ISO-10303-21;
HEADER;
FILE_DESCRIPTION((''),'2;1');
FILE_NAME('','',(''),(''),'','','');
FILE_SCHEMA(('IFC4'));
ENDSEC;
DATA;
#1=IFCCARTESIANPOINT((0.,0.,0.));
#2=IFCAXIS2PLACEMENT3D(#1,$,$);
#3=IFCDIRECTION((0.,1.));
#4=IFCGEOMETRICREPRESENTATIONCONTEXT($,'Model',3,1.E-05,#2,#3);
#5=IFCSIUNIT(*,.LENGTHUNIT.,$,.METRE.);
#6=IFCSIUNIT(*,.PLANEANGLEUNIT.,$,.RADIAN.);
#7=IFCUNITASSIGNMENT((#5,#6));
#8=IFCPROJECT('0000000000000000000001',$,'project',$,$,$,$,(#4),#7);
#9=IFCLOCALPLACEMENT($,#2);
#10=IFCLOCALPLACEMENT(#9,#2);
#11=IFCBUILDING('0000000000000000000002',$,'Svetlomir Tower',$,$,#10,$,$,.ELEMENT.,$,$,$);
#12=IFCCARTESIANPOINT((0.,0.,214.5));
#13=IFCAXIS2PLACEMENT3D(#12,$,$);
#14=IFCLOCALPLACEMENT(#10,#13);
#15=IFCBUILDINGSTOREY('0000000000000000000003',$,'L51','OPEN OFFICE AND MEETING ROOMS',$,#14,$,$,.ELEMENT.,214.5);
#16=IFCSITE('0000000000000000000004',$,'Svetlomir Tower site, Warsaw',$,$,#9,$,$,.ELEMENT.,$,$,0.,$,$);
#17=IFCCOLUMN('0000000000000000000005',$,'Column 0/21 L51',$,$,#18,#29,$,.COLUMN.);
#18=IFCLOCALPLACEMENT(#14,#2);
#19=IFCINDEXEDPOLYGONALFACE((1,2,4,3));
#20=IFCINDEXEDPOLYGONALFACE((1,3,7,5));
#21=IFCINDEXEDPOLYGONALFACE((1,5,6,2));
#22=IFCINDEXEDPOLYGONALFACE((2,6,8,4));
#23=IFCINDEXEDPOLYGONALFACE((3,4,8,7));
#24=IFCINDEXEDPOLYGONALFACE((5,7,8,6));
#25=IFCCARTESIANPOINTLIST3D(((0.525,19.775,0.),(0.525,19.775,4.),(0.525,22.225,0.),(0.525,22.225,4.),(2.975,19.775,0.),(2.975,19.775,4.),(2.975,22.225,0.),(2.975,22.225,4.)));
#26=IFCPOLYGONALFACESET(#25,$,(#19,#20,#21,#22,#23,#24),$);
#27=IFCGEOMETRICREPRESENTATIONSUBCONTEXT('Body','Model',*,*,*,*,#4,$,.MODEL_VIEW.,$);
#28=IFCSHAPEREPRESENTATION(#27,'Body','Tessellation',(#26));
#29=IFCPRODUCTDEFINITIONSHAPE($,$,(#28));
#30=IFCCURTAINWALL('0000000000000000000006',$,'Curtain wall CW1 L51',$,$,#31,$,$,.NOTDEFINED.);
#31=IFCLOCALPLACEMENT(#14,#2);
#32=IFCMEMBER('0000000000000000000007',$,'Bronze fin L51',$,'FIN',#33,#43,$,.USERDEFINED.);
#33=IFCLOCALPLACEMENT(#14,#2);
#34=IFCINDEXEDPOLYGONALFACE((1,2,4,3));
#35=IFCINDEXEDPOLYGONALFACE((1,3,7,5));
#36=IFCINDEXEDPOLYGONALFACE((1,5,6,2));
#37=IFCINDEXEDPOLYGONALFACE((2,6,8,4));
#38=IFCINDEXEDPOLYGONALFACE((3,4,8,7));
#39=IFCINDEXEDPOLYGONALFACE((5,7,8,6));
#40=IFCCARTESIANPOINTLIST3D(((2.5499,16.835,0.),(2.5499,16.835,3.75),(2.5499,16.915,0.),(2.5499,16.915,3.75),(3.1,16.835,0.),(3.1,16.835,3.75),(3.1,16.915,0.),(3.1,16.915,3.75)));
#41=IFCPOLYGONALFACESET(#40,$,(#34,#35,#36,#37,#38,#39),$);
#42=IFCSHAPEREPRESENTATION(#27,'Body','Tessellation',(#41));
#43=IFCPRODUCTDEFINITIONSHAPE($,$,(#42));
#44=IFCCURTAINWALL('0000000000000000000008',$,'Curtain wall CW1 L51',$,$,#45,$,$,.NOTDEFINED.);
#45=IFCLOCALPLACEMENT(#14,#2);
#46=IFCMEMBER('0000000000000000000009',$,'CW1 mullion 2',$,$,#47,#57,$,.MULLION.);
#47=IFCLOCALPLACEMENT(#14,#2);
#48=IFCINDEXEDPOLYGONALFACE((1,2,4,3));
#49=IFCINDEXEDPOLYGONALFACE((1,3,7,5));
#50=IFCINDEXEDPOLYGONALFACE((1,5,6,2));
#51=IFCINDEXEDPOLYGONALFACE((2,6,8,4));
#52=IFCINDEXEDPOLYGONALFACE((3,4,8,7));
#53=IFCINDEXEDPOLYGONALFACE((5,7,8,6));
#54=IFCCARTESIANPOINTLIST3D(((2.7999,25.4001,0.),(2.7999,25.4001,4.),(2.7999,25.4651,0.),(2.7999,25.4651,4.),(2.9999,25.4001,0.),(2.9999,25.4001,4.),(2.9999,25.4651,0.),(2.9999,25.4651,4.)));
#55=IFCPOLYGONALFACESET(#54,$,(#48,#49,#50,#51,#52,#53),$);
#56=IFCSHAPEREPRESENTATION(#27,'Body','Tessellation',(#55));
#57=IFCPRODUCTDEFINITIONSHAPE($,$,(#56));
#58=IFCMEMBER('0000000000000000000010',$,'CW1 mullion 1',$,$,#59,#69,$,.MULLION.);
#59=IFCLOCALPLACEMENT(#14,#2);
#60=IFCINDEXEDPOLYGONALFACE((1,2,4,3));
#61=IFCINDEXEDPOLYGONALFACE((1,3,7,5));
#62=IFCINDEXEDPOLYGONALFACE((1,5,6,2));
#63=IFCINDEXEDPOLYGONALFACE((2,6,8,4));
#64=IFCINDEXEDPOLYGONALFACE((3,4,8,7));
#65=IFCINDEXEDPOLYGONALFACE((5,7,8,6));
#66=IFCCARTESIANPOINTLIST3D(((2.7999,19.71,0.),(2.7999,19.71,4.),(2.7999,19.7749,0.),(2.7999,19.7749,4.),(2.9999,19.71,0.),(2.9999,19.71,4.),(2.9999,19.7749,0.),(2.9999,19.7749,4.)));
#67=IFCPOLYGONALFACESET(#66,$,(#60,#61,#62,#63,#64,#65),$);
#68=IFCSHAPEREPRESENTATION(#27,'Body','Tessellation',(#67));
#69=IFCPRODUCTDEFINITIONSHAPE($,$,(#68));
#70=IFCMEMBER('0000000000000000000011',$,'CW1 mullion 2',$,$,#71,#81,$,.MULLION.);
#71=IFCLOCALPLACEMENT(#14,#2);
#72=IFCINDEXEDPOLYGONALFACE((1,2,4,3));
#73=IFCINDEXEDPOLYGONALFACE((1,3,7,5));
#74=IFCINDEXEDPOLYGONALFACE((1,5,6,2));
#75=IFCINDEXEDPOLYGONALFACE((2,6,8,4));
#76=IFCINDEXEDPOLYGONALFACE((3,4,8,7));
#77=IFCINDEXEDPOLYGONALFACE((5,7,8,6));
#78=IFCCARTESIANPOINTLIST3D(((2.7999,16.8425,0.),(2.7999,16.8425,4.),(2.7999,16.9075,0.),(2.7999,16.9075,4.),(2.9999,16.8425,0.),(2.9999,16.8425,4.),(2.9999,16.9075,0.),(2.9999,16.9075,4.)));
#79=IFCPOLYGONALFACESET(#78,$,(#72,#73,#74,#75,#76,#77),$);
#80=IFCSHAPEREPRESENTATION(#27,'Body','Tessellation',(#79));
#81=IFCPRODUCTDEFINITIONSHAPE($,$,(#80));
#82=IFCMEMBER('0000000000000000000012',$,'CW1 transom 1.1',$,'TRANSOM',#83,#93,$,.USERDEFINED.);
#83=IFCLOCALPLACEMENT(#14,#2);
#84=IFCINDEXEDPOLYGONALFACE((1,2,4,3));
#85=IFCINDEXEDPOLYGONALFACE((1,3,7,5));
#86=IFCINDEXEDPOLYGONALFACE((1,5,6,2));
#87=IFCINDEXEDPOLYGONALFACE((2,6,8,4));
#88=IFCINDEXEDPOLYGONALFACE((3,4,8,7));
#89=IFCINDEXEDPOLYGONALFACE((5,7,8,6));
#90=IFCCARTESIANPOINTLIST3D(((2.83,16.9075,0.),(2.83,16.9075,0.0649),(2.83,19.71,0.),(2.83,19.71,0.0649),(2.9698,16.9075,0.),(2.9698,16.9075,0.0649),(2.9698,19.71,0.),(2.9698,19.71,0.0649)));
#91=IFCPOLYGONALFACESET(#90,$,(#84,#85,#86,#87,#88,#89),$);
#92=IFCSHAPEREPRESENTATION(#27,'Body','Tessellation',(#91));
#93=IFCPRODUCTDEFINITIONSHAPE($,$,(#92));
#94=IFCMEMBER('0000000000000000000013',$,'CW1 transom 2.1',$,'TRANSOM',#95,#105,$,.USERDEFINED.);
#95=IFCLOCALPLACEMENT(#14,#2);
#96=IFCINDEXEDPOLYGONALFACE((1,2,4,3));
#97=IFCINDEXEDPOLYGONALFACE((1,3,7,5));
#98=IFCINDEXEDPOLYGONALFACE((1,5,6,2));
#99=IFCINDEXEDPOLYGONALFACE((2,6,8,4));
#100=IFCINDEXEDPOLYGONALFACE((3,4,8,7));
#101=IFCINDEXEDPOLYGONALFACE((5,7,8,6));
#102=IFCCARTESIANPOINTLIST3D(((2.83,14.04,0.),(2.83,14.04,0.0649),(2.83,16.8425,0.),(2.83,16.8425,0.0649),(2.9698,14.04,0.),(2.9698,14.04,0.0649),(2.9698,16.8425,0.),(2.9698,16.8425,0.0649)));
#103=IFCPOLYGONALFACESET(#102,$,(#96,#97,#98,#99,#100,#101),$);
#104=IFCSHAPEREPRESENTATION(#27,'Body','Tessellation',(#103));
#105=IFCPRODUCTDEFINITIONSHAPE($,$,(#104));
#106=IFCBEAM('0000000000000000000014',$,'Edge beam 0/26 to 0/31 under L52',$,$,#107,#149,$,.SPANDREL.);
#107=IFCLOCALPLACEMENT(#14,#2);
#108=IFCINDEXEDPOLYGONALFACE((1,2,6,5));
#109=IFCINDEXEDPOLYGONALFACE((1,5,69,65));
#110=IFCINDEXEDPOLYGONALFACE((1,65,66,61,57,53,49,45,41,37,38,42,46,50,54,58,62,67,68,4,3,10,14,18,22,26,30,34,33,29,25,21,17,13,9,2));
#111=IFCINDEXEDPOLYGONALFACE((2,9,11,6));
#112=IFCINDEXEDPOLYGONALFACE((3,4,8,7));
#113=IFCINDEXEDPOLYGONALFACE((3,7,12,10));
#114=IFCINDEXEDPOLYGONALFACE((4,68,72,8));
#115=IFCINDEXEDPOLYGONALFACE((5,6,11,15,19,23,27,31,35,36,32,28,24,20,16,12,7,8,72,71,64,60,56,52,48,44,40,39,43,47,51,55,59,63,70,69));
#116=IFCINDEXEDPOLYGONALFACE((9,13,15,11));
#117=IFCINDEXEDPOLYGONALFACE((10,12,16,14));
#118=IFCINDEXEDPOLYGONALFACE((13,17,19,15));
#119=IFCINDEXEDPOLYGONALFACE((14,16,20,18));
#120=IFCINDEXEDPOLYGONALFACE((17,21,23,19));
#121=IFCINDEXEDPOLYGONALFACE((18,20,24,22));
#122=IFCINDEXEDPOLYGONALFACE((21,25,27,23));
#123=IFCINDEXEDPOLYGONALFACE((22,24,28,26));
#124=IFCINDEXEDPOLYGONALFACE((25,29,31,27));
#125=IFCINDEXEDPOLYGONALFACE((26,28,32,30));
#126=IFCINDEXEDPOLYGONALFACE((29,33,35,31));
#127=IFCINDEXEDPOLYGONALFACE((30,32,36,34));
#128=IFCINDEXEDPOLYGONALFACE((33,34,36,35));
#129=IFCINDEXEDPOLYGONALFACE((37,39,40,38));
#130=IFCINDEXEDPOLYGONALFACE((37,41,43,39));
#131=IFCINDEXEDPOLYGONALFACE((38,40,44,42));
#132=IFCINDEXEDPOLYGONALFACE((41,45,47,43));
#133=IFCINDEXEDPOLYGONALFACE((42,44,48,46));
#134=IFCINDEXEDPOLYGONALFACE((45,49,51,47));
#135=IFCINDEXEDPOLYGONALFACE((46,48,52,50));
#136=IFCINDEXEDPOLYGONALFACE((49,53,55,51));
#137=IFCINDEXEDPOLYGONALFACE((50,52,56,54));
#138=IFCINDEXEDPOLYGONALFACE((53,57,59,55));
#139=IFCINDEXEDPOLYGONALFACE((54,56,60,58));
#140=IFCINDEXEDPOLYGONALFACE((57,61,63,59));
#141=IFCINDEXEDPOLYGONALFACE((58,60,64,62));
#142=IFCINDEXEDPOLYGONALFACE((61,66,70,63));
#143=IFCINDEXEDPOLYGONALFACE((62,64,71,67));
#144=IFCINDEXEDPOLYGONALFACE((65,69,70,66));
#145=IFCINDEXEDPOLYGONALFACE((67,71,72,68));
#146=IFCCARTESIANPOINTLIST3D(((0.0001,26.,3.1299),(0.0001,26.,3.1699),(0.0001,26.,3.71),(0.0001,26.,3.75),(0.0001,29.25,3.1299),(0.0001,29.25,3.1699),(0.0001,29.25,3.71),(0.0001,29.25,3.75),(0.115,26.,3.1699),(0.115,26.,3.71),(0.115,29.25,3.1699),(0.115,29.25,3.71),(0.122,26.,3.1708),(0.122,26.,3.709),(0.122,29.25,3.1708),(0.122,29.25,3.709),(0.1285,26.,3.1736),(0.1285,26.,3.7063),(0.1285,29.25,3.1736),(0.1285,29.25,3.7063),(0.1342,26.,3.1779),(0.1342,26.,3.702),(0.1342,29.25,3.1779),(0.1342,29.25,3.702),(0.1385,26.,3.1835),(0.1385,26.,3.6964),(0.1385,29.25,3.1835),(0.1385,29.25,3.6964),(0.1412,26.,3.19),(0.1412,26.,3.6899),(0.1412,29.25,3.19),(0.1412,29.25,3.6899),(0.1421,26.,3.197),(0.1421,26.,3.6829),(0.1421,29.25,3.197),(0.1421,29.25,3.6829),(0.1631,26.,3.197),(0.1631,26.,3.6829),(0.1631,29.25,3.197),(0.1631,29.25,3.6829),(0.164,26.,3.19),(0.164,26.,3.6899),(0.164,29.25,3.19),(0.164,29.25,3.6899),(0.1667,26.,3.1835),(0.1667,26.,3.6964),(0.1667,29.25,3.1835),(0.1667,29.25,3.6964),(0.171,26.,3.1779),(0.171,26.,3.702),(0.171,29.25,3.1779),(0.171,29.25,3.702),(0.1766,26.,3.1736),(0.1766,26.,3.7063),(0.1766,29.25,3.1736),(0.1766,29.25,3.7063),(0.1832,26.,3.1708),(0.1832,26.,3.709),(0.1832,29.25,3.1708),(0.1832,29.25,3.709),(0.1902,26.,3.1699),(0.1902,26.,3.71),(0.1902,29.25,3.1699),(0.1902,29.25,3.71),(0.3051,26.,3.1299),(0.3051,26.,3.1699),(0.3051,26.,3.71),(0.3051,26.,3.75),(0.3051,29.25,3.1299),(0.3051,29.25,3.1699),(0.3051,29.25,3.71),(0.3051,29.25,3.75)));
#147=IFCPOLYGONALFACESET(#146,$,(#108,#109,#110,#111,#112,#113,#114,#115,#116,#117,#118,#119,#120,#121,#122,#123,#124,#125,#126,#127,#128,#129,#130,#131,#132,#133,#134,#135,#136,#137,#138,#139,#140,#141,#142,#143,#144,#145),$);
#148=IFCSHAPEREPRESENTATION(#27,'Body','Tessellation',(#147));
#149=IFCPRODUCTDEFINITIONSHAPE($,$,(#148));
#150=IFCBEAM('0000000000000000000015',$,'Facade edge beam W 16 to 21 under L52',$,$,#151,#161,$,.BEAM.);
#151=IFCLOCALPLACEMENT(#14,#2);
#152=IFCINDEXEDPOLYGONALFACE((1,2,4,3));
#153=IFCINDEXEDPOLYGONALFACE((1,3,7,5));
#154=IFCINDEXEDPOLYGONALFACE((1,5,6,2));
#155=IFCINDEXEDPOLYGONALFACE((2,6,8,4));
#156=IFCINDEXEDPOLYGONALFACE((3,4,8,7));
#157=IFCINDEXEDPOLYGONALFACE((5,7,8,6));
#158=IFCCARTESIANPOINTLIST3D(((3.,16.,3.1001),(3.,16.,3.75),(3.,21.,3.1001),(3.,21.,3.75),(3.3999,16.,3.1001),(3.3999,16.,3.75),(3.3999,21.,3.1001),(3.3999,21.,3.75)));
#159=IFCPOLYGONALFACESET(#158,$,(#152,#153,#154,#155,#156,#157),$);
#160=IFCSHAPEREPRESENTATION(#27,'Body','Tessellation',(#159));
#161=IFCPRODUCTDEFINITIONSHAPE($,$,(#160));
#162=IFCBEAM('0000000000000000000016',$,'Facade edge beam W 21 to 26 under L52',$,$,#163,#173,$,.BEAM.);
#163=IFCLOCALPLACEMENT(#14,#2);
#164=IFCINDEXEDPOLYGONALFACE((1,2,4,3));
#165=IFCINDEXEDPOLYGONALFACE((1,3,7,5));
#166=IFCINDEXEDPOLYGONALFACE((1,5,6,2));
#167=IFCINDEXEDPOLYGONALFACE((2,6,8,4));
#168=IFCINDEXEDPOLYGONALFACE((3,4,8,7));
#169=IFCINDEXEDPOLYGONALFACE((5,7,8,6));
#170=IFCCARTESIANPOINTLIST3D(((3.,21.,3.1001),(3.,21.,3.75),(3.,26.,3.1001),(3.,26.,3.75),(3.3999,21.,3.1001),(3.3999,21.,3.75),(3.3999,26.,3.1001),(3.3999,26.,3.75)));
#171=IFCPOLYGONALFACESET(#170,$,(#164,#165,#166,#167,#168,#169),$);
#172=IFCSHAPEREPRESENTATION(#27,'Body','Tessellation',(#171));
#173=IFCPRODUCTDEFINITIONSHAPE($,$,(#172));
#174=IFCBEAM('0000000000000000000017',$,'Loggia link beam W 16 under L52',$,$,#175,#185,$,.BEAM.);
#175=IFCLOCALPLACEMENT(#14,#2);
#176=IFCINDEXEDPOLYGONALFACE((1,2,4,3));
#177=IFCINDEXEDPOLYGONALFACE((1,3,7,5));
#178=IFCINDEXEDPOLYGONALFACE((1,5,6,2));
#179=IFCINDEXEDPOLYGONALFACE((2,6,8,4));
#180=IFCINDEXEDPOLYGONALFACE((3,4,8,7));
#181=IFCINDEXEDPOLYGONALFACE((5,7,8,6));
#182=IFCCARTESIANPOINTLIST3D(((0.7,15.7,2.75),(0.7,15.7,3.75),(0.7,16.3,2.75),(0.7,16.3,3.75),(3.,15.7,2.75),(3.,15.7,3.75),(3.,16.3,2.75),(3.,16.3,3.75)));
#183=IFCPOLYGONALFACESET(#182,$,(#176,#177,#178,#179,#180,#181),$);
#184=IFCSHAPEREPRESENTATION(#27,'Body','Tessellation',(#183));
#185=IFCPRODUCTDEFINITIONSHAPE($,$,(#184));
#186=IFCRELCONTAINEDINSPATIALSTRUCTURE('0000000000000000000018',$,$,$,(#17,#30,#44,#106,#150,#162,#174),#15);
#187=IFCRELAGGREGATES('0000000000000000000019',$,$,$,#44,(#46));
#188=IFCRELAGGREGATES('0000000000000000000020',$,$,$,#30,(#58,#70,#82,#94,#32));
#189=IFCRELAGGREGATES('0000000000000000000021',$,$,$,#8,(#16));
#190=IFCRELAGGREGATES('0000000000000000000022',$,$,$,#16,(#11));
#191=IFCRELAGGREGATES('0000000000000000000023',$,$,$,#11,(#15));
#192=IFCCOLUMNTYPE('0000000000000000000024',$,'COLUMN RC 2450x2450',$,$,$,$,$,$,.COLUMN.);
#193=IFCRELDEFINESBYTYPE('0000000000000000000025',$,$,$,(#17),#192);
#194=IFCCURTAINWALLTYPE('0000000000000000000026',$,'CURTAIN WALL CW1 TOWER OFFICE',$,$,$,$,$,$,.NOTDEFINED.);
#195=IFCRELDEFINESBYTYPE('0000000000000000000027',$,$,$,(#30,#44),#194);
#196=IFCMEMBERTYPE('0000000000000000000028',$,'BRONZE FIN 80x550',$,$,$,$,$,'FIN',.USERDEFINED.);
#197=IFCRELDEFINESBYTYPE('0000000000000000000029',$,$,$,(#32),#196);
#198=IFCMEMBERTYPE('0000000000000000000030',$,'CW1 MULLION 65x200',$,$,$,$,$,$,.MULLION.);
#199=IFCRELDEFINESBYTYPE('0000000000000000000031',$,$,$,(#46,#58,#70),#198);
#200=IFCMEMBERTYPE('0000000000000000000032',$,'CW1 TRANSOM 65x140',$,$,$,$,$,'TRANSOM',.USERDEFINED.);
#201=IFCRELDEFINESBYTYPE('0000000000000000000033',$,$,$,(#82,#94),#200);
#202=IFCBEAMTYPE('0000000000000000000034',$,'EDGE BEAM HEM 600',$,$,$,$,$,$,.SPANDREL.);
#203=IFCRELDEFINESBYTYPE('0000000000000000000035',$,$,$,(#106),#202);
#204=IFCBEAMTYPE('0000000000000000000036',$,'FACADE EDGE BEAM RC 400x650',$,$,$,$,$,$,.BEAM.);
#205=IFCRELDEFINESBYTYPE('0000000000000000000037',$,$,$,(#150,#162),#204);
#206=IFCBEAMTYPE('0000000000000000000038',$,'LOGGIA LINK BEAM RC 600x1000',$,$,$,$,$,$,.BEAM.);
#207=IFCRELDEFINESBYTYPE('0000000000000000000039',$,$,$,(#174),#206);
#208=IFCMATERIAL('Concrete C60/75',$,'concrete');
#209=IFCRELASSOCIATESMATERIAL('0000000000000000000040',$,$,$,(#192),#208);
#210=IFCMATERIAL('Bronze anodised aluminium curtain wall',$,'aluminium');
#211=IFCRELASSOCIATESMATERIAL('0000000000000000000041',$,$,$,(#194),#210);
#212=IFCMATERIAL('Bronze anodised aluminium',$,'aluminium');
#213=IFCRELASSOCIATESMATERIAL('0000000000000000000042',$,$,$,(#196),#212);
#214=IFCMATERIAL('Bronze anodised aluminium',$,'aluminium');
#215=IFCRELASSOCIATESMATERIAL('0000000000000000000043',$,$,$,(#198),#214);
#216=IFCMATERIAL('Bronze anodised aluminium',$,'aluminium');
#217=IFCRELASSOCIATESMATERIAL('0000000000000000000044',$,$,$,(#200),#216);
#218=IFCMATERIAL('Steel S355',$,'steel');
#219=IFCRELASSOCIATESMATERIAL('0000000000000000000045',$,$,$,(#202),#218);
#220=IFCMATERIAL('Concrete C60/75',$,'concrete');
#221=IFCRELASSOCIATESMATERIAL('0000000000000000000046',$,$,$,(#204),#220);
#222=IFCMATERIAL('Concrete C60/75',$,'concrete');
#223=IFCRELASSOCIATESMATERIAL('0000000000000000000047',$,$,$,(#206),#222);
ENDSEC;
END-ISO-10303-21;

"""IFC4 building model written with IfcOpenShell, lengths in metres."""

from ifc_helpers import new_model, si_unit, direction, frame, origin, origin_2d, place, context, subcontext, project, spatial, rectangle, i_section, extrude, material, material_profile, profile_set, type_object, element, aggregate, save


model = new_model("IFC4")

# Units and contexts
model_context = context("Model", 3, precision=1e-05, world=origin(), true_north=direction((0.0, 1.0)))
body_context = subcontext(model_context, "Body", "Model", "MODEL_VIEW")
ifc_project = project(units=[si_unit("LENGTHUNIT", "METRE"), si_unit("PLANEANGLEUNIT", "RADIAN")], contexts=[model_context])

# Site, building, storey
site_placement = place(None, origin())
site = spatial("IfcSite", under=ifc_project, at=site_placement, Name="Svetlomir Tower site, Warsaw", CompositionType="ELEMENT", RefElevation=0.0)
building_placement = place(site_placement, origin())
building = spatial("IfcBuilding", under=site, at=building_placement, Name="Svetlomir Tower", CompositionType="ELEMENT")
storey_placement = place(building_placement, frame((0.0, 0.0, 214.5)))
storey = spatial("IfcBuildingStorey", under=building, at=storey_placement, Name="L51", Description="OPEN OFFICE AND MEETING ROOMS", CompositionType="ELEMENT", Elevation=214.5)

# Column
ifc_material_1 = material(Name="Concrete C60/75", Category="concrete")
ifc_material_profile_1 = material_profile(ifc_material_1, rectangle(XDim=2.45, YDim=2.45, at=origin_2d()), Name="RC 2450x2450")
ifc_profile_set_1 = profile_set([ifc_material_profile_1], Name="Concrete C60/75")
column_type = type_object("IfcColumnType", Name="COLUMN RC 2450x2450", PredefinedType="COLUMN", material=ifc_profile_set_1)
column_placement = place(storey_placement, frame((1.75, 21.0, 0.0), z_axis=(0.0, 0.0, 1.0), x_axis=(1.0, 0.0, 0.0)))
element("IfcColumn", 1, at=column_placement, inside=storey, type_object=column_type, Name="Column 0/21 L51", PredefinedType="COLUMN", context=body_context, shape_type="SweptSolid", body=[
    extrude(rectangle(XDim=2.45, YDim=2.45, at=origin_2d()), origin(), (0.0, 0.0, 1.0), 4.0),
])

# Curtain walls, members
ifc_material_2 = material(Name="Bronze anodised aluminium curtain wall", Category="aluminium")
curtain_wall_type = type_object("IfcCurtainWallType", Name="CURTAIN WALL CW1 TOWER OFFICE", PredefinedType="NOTDEFINED", material=ifc_material_2)
curtain_wall_1_placement = place(storey_placement, origin())
curtain_wall_1 = element("IfcCurtainWall", 2, at=curtain_wall_1_placement, inside=storey, type_object=curtain_wall_type, Name="Curtain wall CW1 L51", PredefinedType="NOTDEFINED")
ifc_material_3 = material(Name="Bronze anodised aluminium", Category="aluminium")
ifc_material_profile_2 = material_profile(ifc_material_3, rectangle(XDim=0.0801, YDim=0.55, at=origin_2d()), Name="FIN 80x550")
ifc_profile_set_2 = profile_set([ifc_material_profile_2], Name="Bronze anodised aluminium 6063-T6")
member_type_1 = type_object("IfcMemberType", Name="BRONZE FIN 80x550", ElementType="FIN", PredefinedType="USERDEFINED", material=ifc_profile_set_2)
member_1_placement = place(storey_placement, frame((2.825, 16.875, 0.0), z_axis=(0.0, 0.0, 1.0), x_axis=(0.0, 1.0, 0.0)))
member_1 = element("IfcMember", 3, at=member_1_placement, type_object=member_type_1, Name="Bronze fin L51", ObjectType="FIN", PredefinedType="USERDEFINED", context=body_context, shape_type="SweptSolid", body=[
    extrude(rectangle(XDim=0.0801, YDim=0.55, at=origin_2d()), origin(), (0.0, 0.0, 1.0), 3.75),
])
curtain_wall_2_placement = place(storey_placement, origin())
curtain_wall_2 = element("IfcCurtainWall", 4, at=curtain_wall_2_placement, inside=storey, type_object=curtain_wall_type, Name="Curtain wall CW1 L51", PredefinedType="NOTDEFINED")
ifc_material_4 = material(Name="Bronze anodised aluminium", Category="aluminium")
ifc_material_profile_3 = material_profile(ifc_material_4, rectangle(XDim=0.0649, YDim=0.2, at=origin_2d()), Name="AL 65x200")
ifc_profile_set_3 = profile_set([ifc_material_profile_3], Name="Bronze anodised aluminium 6063-T6")
member_type_2 = type_object("IfcMemberType", Name="CW1 MULLION 65x200", PredefinedType="MULLION", material=ifc_profile_set_3)
member_2_placement = place(storey_placement, frame((2.8999, 25.4326, 0.0), z_axis=(0.0, 0.0, 1.0), x_axis=(0.0, -1.0, 0.0)))
member_2 = element("IfcMember", 5, at=member_2_placement, type_object=member_type_2, Name="CW1 mullion 2", PredefinedType="MULLION", context=body_context, shape_type="SweptSolid", body=[
    extrude(rectangle(XDim=0.0649, YDim=0.2, at=origin_2d()), origin(), (0.0, 0.0, 1.0), 4.0),
])
aggregate(curtain_wall_2, [member_2])

# Members
member_3_placement = place(storey_placement, frame((2.8999, 19.7424, 0.0), z_axis=(0.0, 0.0, 1.0), x_axis=(0.0, -1.0, 0.0)))
member_3 = element("IfcMember", 6, at=member_3_placement, type_object=member_type_2, Name="CW1 mullion 1", PredefinedType="MULLION", context=body_context, shape_type="SweptSolid", body=[
    extrude(rectangle(XDim=0.0649, YDim=0.2, at=origin_2d()), origin(), (0.0, 0.0, 1.0), 4.0),
])
member_4_placement = place(storey_placement, frame((2.8999, 16.875, 0.0), z_axis=(0.0, 0.0, 1.0), x_axis=(0.0, -1.0, 0.0)))
member_4 = element("IfcMember", 7, at=member_4_placement, type_object=member_type_2, Name="CW1 mullion 2", PredefinedType="MULLION", context=body_context, shape_type="SweptSolid", body=[
    extrude(rectangle(XDim=0.0649, YDim=0.2, at=origin_2d()), origin(), (0.0, 0.0, 1.0), 4.0),
])
ifc_material_5 = material(Name="Bronze anodised aluminium", Category="aluminium")
ifc_material_profile_4 = material_profile(ifc_material_5, rectangle(XDim=0.1399, YDim=0.0649, at=origin_2d()), Name="AL 140x65")
ifc_profile_set_4 = profile_set([ifc_material_profile_4], Name="Bronze anodised aluminium 6063-T6")
member_type_3 = type_object("IfcMemberType", Name="CW1 TRANSOM 65x140", ElementType="TRANSOM", PredefinedType="USERDEFINED", material=ifc_profile_set_4)
member_5_placement = place(storey_placement, frame((2.8999, 19.71, 0.0325), z_axis=(0.0, -1.0, 0.0), x_axis=(1.0, 0.0, 0.0)))
member_5 = element("IfcMember", 8, at=member_5_placement, type_object=member_type_3, Name="CW1 transom 1.1", ObjectType="TRANSOM", PredefinedType="USERDEFINED", context=body_context, shape_type="SweptSolid", body=[
    extrude(rectangle(XDim=0.1399, YDim=0.0649, at=origin_2d()), origin(), (0.0, 0.0, 1.0), 2.8025),
])
member_6_placement = place(storey_placement, frame((2.8999, 16.8425, 0.0325), z_axis=(0.0, -1.0, 0.0), x_axis=(1.0, 0.0, 0.0)))
member_6 = element("IfcMember", 9, at=member_6_placement, type_object=member_type_3, Name="CW1 transom 2.1", ObjectType="TRANSOM", PredefinedType="USERDEFINED", context=body_context, shape_type="SweptSolid", body=[
    extrude(rectangle(XDim=0.1399, YDim=0.0649, at=origin_2d()), origin(), (0.0, 0.0, 1.0), 2.8025),
])

# Beams
ifc_material_6 = material(Name="Steel S355", Category="steel")
ifc_material_profile_5 = material_profile(ifc_material_6, i_section(OverallWidth=0.3049, OverallDepth=0.6201, WebThickness=0.021, FlangeThickness=0.04, FilletRadius=0.0271, at=origin_2d()), Name="HEM 600")
ifc_profile_set_5 = profile_set([ifc_material_profile_5], Name="Steel S355")
beam_type_1 = type_object("IfcBeamType", Name="EDGE BEAM HEM 600", PredefinedType="SPANDREL", material=ifc_profile_set_5)
beam_1_placement = place(storey_placement, frame((0.1526, 26.0, 3.4399), z_axis=(0.0, 1.0, 0.0), x_axis=(-1.0, 0.0, 0.0)))
element("IfcBeam", 10, at=beam_1_placement, inside=storey, type_object=beam_type_1, Name="Edge beam 0/26 to 0/31 under L52", PredefinedType="SPANDREL", context=body_context, shape_type="SweptSolid", body=[
    extrude(i_section(OverallWidth=0.3049, OverallDepth=0.6201, WebThickness=0.021, FlangeThickness=0.04, FilletRadius=0.0271, at=origin_2d()), origin(), (0.0, 0.0, 1.0), 3.25),
])
ifc_material_7 = material(Name="Concrete C60/75", Category="concrete")
ifc_material_profile_6 = material_profile(ifc_material_7, rectangle(XDim=0.3999, YDim=0.6499, at=origin_2d()), Name="RC 400x650")
ifc_profile_set_6 = profile_set([ifc_material_profile_6], Name="Concrete C60/75")
beam_type_2 = type_object("IfcBeamType", Name="FACADE EDGE BEAM RC 400x650", PredefinedType="BEAM", material=ifc_profile_set_6)
for number, where, z_axis, x_axis, name in (
    (11, (3.2, 16.0, 3.425), (0.0, 1.0, 0.0), (-1.0, 0.0, 0.0), "Facade edge beam W 16 to 21 under L52"),
    (12, (3.2, 21.0, 3.425), (0.0, 1.0, 0.0), (-1.0, 0.0, 0.0), "Facade edge beam W 21 to 26 under L52"),
):
    element("IfcBeam", number, at=place(storey_placement, frame(where, z_axis=z_axis, x_axis=x_axis)), inside=storey, type_object=beam_type_2, Name=name, PredefinedType="BEAM", context=body_context, shape_type="SweptSolid", body=[
        extrude(rectangle(XDim=0.3999, YDim=0.6499, at=origin_2d()), origin(), (0.0, 0.0, 1.0), 5.0),
    ])
ifc_material_8 = material(Name="Concrete C60/75", Category="concrete")
ifc_material_profile_7 = material_profile(ifc_material_8, rectangle(XDim=0.6001, YDim=1.0, at=origin_2d()), Name="RC 600x1000")
ifc_profile_set_7 = profile_set([ifc_material_profile_7], Name="Concrete C60/75")
beam_type_3 = type_object("IfcBeamType", Name="LOGGIA LINK BEAM RC 600x1000", PredefinedType="BEAM", material=ifc_profile_set_7)
beam_2_placement = place(storey_placement, frame((0.7, 16.0, 3.25), z_axis=(1.0, 0.0, 0.0), x_axis=(0.0, 1.0, 0.0)))
element("IfcBeam", 13, at=beam_2_placement, inside=storey, type_object=beam_type_3, Name="Loggia link beam W 16 under L52", PredefinedType="BEAM", context=body_context, shape_type="SweptSolid", body=[
    extrude(rectangle(XDim=0.6001, YDim=1.0, at=origin_2d()), origin(), (0.0, 0.0, 1.0), 2.3),
])

aggregate(curtain_wall_1, [member_3, member_4, member_5, member_6, member_1])

save(model, "model.ifc")
